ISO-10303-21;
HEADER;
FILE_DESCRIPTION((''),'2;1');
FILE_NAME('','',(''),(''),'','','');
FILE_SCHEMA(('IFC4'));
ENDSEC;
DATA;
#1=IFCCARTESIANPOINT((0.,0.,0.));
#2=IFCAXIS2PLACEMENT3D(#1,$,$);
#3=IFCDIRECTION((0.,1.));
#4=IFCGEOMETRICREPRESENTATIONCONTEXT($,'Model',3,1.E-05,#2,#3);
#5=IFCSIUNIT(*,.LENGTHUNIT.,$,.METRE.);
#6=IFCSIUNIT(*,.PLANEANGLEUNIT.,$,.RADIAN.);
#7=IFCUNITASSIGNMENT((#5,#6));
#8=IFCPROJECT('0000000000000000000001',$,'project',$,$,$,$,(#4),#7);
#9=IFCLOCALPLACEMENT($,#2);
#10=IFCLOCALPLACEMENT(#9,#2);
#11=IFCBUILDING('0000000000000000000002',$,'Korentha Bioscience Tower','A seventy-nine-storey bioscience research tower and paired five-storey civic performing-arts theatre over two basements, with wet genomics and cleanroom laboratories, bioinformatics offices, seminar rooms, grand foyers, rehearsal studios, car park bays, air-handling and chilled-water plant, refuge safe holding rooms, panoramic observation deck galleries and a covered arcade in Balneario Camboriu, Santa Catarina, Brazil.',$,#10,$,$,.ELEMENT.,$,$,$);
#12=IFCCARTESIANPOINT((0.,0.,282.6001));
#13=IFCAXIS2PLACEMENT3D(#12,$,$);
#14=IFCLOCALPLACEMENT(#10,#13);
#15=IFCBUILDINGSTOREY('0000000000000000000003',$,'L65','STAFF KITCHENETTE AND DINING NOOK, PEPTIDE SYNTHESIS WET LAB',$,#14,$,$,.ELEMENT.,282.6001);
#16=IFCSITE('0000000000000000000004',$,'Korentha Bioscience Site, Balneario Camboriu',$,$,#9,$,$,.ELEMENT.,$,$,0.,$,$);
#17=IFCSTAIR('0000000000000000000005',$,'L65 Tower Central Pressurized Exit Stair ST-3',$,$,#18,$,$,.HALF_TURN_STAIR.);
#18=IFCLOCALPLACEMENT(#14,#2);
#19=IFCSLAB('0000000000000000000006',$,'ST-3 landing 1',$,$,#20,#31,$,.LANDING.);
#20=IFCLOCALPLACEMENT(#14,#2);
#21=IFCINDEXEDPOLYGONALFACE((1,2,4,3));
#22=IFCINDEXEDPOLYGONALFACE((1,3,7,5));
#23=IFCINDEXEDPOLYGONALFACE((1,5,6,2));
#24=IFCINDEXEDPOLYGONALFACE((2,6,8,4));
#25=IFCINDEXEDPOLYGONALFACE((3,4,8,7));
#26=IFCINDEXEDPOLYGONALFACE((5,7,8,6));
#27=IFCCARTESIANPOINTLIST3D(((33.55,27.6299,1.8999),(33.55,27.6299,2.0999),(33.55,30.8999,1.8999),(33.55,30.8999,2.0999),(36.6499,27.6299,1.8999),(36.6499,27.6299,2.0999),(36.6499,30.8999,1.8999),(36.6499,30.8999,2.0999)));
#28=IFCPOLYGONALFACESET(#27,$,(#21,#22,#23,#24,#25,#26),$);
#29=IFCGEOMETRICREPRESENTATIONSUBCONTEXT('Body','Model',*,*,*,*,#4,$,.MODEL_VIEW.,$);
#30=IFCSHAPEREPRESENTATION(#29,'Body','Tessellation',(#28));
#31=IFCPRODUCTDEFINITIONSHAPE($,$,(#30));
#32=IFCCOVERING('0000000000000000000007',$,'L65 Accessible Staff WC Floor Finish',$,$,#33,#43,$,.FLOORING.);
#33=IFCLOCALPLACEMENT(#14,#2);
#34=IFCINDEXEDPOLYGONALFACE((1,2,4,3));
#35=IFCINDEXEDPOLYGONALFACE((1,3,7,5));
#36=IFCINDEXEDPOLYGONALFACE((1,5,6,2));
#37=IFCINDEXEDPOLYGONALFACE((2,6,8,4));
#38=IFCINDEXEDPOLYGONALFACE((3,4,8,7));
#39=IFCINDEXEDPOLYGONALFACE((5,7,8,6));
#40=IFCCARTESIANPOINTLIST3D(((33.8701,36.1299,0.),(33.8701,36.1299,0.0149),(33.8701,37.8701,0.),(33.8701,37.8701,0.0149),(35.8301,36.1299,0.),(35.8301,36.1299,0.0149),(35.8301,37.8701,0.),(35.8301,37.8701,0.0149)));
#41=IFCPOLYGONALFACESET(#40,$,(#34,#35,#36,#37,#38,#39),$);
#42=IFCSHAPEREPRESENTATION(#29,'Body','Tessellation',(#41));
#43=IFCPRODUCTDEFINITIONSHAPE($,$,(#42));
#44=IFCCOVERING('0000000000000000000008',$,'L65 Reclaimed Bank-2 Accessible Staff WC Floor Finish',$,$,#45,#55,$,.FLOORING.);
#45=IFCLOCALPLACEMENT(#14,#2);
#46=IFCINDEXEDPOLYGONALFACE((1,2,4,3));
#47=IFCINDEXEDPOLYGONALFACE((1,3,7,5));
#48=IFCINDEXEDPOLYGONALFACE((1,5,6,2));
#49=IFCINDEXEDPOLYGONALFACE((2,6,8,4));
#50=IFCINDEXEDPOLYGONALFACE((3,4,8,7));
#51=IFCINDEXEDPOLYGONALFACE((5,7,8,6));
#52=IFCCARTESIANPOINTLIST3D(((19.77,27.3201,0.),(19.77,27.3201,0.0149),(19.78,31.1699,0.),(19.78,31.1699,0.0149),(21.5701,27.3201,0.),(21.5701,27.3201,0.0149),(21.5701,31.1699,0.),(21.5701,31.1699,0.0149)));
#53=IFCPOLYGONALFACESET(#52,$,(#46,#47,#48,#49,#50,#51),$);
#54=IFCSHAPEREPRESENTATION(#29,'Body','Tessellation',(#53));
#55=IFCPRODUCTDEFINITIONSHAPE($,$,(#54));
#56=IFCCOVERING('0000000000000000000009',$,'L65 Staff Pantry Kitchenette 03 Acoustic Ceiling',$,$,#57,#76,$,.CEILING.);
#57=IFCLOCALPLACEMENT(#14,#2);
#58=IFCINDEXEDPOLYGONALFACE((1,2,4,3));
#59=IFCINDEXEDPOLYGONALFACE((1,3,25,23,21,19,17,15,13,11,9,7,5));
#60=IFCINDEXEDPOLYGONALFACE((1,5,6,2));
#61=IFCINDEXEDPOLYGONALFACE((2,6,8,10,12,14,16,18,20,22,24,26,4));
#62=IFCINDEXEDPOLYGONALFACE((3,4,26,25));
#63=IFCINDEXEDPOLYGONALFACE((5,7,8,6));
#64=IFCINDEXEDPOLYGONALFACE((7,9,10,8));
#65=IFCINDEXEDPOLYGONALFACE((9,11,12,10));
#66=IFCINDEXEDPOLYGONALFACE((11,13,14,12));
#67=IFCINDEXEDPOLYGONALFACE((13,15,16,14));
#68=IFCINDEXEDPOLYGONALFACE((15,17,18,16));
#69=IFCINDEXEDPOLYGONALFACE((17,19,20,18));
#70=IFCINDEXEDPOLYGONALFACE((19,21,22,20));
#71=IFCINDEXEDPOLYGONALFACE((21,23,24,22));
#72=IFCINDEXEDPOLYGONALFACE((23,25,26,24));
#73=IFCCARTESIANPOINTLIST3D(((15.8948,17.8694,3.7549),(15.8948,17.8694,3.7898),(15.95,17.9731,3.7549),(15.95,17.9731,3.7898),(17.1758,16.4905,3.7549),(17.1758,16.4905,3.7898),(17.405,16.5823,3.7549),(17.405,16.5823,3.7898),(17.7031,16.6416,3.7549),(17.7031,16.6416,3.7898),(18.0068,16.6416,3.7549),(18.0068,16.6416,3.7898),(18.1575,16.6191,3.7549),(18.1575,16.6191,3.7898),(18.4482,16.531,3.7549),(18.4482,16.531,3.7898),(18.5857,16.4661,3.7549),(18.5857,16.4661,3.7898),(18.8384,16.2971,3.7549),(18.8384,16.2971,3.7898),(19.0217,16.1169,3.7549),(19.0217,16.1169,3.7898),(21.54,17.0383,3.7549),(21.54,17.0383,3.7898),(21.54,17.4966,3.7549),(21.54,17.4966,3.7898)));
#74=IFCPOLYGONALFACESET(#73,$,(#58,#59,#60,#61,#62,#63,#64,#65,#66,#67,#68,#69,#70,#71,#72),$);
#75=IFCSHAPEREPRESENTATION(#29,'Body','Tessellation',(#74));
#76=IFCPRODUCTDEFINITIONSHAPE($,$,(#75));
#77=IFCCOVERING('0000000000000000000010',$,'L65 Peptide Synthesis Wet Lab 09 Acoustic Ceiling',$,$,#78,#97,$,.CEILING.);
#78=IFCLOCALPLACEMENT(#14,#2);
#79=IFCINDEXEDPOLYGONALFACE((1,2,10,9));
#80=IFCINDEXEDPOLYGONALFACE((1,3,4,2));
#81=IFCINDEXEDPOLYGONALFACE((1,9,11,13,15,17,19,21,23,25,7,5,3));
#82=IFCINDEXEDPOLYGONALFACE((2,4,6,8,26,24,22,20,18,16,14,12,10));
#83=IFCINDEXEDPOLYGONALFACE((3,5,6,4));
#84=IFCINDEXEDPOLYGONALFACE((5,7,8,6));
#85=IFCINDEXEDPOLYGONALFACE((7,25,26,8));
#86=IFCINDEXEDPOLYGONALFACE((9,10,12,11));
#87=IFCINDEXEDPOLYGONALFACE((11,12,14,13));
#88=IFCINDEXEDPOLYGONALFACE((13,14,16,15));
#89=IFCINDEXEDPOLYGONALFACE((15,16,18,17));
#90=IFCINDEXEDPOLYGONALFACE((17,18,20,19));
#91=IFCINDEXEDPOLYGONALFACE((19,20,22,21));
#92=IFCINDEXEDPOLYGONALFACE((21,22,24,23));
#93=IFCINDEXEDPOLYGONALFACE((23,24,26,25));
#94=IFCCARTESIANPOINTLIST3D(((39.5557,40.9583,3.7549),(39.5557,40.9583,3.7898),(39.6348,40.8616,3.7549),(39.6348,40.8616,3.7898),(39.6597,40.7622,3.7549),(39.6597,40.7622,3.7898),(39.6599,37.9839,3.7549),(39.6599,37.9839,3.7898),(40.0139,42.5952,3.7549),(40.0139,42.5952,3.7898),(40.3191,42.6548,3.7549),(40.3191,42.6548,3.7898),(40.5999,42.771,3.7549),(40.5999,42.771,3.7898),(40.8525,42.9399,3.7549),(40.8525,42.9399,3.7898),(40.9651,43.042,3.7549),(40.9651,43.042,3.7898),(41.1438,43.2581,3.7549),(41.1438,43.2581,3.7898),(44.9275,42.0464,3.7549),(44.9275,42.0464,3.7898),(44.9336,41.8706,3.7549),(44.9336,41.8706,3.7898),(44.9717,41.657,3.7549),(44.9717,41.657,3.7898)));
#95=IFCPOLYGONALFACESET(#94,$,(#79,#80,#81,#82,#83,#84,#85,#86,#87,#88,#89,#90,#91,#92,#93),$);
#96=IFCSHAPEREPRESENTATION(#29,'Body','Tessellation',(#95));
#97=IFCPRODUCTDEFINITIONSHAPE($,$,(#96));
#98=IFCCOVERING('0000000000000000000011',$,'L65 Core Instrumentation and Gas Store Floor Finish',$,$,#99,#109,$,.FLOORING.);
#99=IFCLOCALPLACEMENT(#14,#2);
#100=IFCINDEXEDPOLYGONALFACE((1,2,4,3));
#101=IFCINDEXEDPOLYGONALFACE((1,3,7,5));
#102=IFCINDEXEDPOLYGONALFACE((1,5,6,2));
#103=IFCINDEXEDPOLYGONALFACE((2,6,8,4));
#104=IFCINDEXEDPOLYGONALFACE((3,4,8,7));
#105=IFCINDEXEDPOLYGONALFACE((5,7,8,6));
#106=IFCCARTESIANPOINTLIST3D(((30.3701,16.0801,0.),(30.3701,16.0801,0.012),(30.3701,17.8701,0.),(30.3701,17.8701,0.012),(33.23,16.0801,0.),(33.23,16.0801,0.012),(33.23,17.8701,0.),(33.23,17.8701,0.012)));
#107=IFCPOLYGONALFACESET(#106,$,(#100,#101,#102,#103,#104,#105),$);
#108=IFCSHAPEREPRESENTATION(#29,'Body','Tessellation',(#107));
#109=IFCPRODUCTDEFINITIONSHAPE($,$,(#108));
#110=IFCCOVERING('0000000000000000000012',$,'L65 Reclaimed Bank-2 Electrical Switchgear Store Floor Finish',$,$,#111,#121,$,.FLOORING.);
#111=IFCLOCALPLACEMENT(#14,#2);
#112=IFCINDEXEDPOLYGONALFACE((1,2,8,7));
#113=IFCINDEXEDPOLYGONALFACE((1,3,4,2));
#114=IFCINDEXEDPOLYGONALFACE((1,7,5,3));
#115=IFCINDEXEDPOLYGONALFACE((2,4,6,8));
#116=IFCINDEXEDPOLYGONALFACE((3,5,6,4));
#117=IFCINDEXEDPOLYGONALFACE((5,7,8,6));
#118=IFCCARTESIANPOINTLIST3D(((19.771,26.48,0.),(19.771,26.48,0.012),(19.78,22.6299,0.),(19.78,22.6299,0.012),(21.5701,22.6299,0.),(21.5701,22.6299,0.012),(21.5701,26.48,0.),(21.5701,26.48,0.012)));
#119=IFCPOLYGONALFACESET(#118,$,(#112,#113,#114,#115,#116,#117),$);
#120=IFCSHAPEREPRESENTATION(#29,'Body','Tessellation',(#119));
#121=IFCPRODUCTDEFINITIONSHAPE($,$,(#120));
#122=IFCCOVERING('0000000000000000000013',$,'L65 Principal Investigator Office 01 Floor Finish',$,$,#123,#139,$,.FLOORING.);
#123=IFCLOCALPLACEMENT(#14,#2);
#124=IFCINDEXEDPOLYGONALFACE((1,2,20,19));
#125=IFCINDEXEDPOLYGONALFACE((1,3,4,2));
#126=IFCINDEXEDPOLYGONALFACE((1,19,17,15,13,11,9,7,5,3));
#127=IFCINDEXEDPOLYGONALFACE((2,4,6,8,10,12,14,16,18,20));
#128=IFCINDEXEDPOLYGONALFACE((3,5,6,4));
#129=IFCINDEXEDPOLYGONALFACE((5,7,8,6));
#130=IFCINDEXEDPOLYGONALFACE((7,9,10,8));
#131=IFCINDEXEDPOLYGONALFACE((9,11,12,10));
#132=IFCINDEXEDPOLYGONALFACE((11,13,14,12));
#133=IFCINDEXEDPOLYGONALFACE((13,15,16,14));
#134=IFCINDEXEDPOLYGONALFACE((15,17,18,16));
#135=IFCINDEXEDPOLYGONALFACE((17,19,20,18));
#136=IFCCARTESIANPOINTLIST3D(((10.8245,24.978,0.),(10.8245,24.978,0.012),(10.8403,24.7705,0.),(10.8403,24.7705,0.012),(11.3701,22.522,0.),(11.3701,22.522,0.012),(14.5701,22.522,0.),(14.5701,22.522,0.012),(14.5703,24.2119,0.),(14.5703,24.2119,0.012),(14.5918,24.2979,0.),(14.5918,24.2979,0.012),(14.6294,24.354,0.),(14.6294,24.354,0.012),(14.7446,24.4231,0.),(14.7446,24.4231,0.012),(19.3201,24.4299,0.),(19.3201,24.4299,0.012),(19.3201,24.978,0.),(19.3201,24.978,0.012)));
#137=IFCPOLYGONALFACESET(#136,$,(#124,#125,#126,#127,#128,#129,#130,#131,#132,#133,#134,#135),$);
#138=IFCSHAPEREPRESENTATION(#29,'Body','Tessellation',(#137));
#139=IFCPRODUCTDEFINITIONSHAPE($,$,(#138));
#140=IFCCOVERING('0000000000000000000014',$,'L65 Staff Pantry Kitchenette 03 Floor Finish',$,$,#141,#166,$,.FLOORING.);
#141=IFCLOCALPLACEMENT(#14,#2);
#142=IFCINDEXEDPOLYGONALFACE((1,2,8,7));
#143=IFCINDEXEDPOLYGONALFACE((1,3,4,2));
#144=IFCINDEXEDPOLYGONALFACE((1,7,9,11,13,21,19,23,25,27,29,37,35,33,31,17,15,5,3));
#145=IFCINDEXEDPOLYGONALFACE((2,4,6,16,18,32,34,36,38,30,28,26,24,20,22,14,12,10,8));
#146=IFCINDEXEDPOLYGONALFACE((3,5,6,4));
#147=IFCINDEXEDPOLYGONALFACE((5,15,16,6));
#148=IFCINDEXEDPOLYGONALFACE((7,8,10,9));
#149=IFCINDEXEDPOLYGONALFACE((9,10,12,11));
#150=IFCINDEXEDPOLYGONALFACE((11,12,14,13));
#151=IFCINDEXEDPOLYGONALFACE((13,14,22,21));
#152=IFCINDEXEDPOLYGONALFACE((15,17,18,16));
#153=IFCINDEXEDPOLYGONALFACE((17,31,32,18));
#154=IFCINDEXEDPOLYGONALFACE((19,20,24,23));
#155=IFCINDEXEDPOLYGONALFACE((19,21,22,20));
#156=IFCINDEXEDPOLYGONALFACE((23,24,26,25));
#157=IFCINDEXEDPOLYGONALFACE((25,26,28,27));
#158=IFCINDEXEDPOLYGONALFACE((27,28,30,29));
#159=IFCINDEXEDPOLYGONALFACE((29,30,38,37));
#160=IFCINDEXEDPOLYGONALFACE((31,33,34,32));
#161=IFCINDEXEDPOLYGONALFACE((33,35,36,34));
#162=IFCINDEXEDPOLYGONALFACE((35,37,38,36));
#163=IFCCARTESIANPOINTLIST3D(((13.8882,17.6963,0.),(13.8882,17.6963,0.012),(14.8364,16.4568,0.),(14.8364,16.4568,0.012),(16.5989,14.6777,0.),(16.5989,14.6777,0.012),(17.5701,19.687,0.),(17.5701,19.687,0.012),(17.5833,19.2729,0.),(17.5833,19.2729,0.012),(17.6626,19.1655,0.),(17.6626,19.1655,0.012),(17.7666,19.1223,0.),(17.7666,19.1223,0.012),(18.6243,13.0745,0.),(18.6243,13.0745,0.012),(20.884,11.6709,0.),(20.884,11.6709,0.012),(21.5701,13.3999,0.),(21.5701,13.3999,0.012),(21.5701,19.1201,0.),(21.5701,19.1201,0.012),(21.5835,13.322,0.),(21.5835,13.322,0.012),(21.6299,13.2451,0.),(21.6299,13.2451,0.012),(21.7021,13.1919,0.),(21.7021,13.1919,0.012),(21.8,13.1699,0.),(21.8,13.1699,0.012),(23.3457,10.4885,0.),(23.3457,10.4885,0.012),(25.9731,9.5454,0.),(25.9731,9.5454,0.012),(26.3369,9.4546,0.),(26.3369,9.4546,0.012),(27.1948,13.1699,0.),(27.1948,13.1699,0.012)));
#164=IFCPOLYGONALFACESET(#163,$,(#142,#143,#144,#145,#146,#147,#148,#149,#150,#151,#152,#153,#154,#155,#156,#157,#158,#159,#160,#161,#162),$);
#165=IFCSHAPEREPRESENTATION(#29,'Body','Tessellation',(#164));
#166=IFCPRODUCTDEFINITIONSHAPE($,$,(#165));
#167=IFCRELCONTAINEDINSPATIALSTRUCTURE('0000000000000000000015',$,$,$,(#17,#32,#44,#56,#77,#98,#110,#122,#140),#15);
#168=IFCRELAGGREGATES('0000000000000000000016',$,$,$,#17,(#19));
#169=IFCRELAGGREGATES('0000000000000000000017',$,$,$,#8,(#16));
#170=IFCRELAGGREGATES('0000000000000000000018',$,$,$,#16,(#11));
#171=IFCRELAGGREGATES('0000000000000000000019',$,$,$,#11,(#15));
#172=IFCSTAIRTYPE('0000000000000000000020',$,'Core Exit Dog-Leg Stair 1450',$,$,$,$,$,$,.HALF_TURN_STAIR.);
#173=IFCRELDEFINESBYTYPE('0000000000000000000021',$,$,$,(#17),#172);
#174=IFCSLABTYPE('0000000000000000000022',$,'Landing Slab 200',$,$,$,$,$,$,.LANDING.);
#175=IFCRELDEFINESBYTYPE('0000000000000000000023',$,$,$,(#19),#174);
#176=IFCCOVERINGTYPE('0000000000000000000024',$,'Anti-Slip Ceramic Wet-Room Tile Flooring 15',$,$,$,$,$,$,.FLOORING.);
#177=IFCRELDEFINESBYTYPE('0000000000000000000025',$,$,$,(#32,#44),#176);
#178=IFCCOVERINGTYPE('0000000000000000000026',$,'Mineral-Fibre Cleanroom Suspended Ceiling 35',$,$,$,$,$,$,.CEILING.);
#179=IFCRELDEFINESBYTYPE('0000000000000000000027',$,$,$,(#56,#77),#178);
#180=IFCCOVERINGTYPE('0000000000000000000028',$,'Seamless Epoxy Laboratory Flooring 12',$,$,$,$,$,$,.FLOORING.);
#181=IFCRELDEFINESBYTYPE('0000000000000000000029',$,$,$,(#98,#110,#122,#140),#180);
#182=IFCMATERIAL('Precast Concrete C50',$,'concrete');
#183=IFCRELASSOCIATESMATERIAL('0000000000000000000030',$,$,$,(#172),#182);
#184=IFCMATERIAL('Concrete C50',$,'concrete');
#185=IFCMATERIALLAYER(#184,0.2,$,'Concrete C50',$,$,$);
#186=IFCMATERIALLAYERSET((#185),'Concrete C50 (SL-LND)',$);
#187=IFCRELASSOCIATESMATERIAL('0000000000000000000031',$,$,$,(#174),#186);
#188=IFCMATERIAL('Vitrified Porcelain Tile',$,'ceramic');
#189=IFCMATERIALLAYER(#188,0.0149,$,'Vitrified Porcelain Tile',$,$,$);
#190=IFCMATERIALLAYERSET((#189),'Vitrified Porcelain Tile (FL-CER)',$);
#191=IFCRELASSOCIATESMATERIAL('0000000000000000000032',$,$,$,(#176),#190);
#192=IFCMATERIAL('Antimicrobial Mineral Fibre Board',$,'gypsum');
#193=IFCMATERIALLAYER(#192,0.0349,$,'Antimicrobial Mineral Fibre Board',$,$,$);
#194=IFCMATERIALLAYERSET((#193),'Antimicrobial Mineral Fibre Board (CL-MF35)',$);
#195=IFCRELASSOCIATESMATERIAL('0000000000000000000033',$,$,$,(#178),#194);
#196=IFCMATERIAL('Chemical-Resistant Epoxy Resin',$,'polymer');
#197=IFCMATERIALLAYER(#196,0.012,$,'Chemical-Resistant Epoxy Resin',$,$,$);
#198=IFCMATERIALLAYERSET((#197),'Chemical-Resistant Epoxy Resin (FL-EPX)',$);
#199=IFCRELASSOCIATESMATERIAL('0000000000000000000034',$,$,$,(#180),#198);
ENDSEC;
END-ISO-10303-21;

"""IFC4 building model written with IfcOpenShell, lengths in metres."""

from ifc_helpers import new_model, si_unit, direction, frame, origin, place, context, subcontext, project, spatial, polyline, outline, extrude, material, layer, layer_set, type_object, element, aggregate, save


model = new_model("IFC4")

# Units and contexts
model_context = context("Model", 3, precision=1e-05, world=origin(), true_north=direction((0.0, 1.0)))
body_context = subcontext(model_context, "Body", "Model", "MODEL_VIEW")
ifc_project = project(units=[si_unit("LENGTHUNIT", "METRE"), si_unit("PLANEANGLEUNIT", "RADIAN")], contexts=[model_context])

# Site, building, storey
site_placement = place(None, origin())
site = spatial("IfcSite", under=ifc_project, at=site_placement, Name="Korentha Bioscience Site, Balneario Camboriu", CompositionType="ELEMENT", RefElevation=0.0)
building_placement = place(site_placement, origin())
building = spatial("IfcBuilding", under=site, at=building_placement, Name="Korentha Bioscience Tower", Description="A seventy-nine-storey bioscience research tower and paired five-storey civic performing-arts theatre over two basements, with wet genomics and cleanroom laboratories, bioinformatics offices, seminar rooms, grand foyers, rehearsal studios, car park bays, air-handling and chilled-water plant, refuge safe holding rooms, panoramic observation deck galleries and a covered arcade in Balneario Camboriu, Santa Catarina, Brazil.", CompositionType="ELEMENT")
storey_placement = place(building_placement, frame((0.0, 0.0, 282.6001)))
storey = spatial("IfcBuildingStorey", under=building, at=storey_placement, Name="L65", Description="STAFF KITCHENETTE AND DINING NOOK, PEPTIDE SYNTHESIS WET LAB", CompositionType="ELEMENT", Elevation=282.6001)

# Shared definitions
ifc_material_1 = material(Name="Concrete C50", Category="concrete")

# Stair, slab
ifc_material_2 = material(Name="Precast Concrete C50", Category="concrete")
stair_type = type_object("IfcStairType", Name="Core Exit Dog-Leg Stair 1450", PredefinedType="HALF_TURN_STAIR", material=ifc_material_2)
ifc_layer_1 = layer(ifc_material_1, 0.2, Name="Concrete C50")
ifc_layer_set_1 = layer_set([ifc_layer_1], Name="Concrete C50 (SL-LND)")
slab_type_1 = type_object("IfcSlabType", Name="Landing Slab 200", PredefinedType="LANDING", material=ifc_layer_set_1)
stair_1_placement = place(storey_placement, origin())
stair_1 = element("IfcStair", 1, at=stair_1_placement, inside=storey, type_object=stair_type, Name="L65 Tower Central Pressurized Exit Stair ST-3", PredefinedType="HALF_TURN_STAIR")
slab_1_placement = place(storey_placement, frame((0.0, 0.0, 1.8999)))
slab_1 = element("IfcSlab", 2, at=slab_1_placement, type_object=slab_type_1, Name="ST-3 landing 1", PredefinedType="LANDING", context=body_context, shape_type="SweptSolid", body=[
    extrude(outline(polyline([(36.6499, 27.6299), (36.6499, 30.8999), (33.55, 30.8999), (33.55, 27.6299), (36.6499, 27.6299)])), origin(), (0.0, 0.0, 1.0), 0.2),
])
aggregate(stair_1, [slab_1])

# Coverings
ifc_material_3 = material(Name="Vitrified Porcelain Tile", Category="ceramic")
ifc_layer_2 = layer(ifc_material_3, 0.0149, Name="Vitrified Porcelain Tile")
ifc_layer_set_2 = layer_set([ifc_layer_2], Name="Vitrified Porcelain Tile (FL-CER)")
covering_type_1 = type_object("IfcCoveringType", Name="Anti-Slip Ceramic Wet-Room Tile Flooring 15", PredefinedType="FLOORING", material=ifc_layer_set_2)
covering_1_placement = place(storey_placement, origin())
element("IfcCovering", 3, at=covering_1_placement, inside=storey, type_object=covering_type_1, Name="L65 Accessible Staff WC Floor Finish", PredefinedType="FLOORING", context=body_context, shape_type="SweptSolid", body=[
    extrude(outline(polyline([(33.8701, 36.1299), (33.8701, 37.8701), (35.8301, 37.8701), (35.8301, 36.1299), (33.8701, 36.1299)])), origin(), (0.0, 0.0, 1.0), 0.0149),
])
covering_2_placement = place(storey_placement, origin())
element("IfcCovering", 4, at=covering_2_placement, inside=storey, type_object=covering_type_1, Name="L65 Reclaimed Bank-2 Accessible Staff WC Floor Finish", PredefinedType="FLOORING", context=body_context, shape_type="SweptSolid", body=[
    extrude(outline(polyline([(19.77, 27.3201), (19.78, 31.1699), (21.5701, 31.1699), (21.5701, 27.3201), (19.77, 27.3201)])), origin(), (0.0, 0.0, 1.0), 0.0149),
])
ifc_material_4 = material(Name="Antimicrobial Mineral Fibre Board", Category="gypsum")
ifc_layer_3 = layer(ifc_material_4, 0.0349, Name="Antimicrobial Mineral Fibre Board")
ifc_layer_set_3 = layer_set([ifc_layer_3], Name="Antimicrobial Mineral Fibre Board (CL-MF35)")
covering_type_2 = type_object("IfcCoveringType", Name="Mineral-Fibre Cleanroom Suspended Ceiling 35", PredefinedType="CEILING", material=ifc_layer_set_3)
covering_3_placement = place(storey_placement, frame((0.0, 0.0, 3.7549)))
element("IfcCovering", 5, at=covering_3_placement, inside=storey, type_object=covering_type_2, Name="L65 Staff Pantry Kitchenette 03 Acoustic Ceiling", PredefinedType="CEILING", context=body_context, shape_type="SweptSolid", body=[
    extrude(outline(polyline([(19.0217, 16.1169), (18.8384, 16.2971), (18.5857, 16.4661), (18.4482, 16.531), (18.1575, 16.6191), (18.0068, 16.6416), (17.7031, 16.6416), (17.405, 16.5823), (17.1758, 16.4905), (15.8948, 17.8694), (15.95, 17.9731), (21.54, 17.4966), (21.54, 17.0383), (19.0217, 16.1169)])), origin(), (0.0, 0.0, 1.0), 0.0349),
])
covering_4_placement = place(storey_placement, frame((0.0, 0.0, 3.7549)))
element("IfcCovering", 6, at=covering_4_placement, inside=storey, type_object=covering_type_2, Name="L65 Peptide Synthesis Wet Lab 09 Acoustic Ceiling", PredefinedType="CEILING", context=body_context, shape_type="SweptSolid", body=[
    extrude(outline(polyline([(39.6597, 40.7622), (39.6348, 40.8616), (39.5557, 40.9583), (40.0139, 42.5952), (40.3191, 42.6548), (40.5999, 42.771), (40.8525, 42.9399), (40.9651, 43.042), (41.1438, 43.2581), (44.9275, 42.0464), (44.9336, 41.8706), (44.9717, 41.657), (39.6599, 37.9839), (39.6597, 40.7622)])), origin(), (0.0, 0.0, 1.0), 0.0349),
])
ifc_material_5 = material(Name="Chemical-Resistant Epoxy Resin", Category="polymer")
ifc_layer_4 = layer(ifc_material_5, 0.012, Name="Chemical-Resistant Epoxy Resin")
ifc_layer_set_4 = layer_set([ifc_layer_4], Name="Chemical-Resistant Epoxy Resin (FL-EPX)")
covering_type_3 = type_object("IfcCoveringType", Name="Seamless Epoxy Laboratory Flooring 12", PredefinedType="FLOORING", material=ifc_layer_set_4)
covering_5_placement = place(storey_placement, origin())
element("IfcCovering", 7, at=covering_5_placement, inside=storey, type_object=covering_type_3, Name="L65 Core Instrumentation and Gas Store Floor Finish", PredefinedType="FLOORING", context=body_context, shape_type="SweptSolid", body=[
    extrude(outline(polyline([(30.3701, 16.0801), (30.3701, 17.8701), (33.23, 17.8701), (33.23, 16.0801), (30.3701, 16.0801)])), origin(), (0.0, 0.0, 1.0), 0.012),
])
covering_6_placement = place(storey_placement, origin())
element("IfcCovering", 8, at=covering_6_placement, inside=storey, type_object=covering_type_3, Name="L65 Reclaimed Bank-2 Electrical Switchgear Store Floor Finish", PredefinedType="FLOORING", context=body_context, shape_type="SweptSolid", body=[
    extrude(outline(polyline([(21.5701, 22.6299), (19.78, 22.6299), (19.771, 26.48), (21.5701, 26.48), (21.5701, 22.6299)])), origin(), (0.0, 0.0, 1.0), 0.012),
])
covering_7_placement = place(storey_placement, origin())
element("IfcCovering", 9, at=covering_7_placement, inside=storey, type_object=covering_type_3, Name="L65 Principal Investigator Office 01 Floor Finish", PredefinedType="FLOORING", context=body_context, shape_type="SweptSolid", body=[
    extrude(outline(polyline([(10.8245, 24.978), (19.3201, 24.978), (19.3201, 24.4299), (14.7446, 24.4231), (14.6294, 24.354), (14.5918, 24.2979), (14.5703, 24.2119), (14.5701, 22.522), (11.3701, 22.522), (10.8403, 24.7705), (10.8245, 24.978)])), origin(), (0.0, 0.0, 1.0), 0.012),
])
covering_8_placement = place(storey_placement, origin())
element("IfcCovering", 10, at=covering_8_placement, inside=storey, type_object=covering_type_3, Name="L65 Staff Pantry Kitchenette 03 Floor Finish", PredefinedType="FLOORING", context=body_context, shape_type="SweptSolid", body=[
    extrude(outline(polyline([(20.884, 11.6709), (18.6243, 13.0745), (16.5989, 14.6777), (14.8364, 16.4568), (13.8882, 17.6963), (17.5701, 19.687), (17.5833, 19.2729), (17.6626, 19.1655), (17.7666, 19.1223), (21.5701, 19.1201), (21.5701, 13.3999), (21.5835, 13.322), (21.6299, 13.2451), (21.7021, 13.1919), (21.8, 13.1699), (27.1948, 13.1699), (26.3369, 9.4546), (25.9731, 9.5454), (23.3457, 10.4885), (20.884, 11.6709)])), origin(), (0.0, 0.0, 1.0), 0.012),
])

save(model, "model.ifc")
